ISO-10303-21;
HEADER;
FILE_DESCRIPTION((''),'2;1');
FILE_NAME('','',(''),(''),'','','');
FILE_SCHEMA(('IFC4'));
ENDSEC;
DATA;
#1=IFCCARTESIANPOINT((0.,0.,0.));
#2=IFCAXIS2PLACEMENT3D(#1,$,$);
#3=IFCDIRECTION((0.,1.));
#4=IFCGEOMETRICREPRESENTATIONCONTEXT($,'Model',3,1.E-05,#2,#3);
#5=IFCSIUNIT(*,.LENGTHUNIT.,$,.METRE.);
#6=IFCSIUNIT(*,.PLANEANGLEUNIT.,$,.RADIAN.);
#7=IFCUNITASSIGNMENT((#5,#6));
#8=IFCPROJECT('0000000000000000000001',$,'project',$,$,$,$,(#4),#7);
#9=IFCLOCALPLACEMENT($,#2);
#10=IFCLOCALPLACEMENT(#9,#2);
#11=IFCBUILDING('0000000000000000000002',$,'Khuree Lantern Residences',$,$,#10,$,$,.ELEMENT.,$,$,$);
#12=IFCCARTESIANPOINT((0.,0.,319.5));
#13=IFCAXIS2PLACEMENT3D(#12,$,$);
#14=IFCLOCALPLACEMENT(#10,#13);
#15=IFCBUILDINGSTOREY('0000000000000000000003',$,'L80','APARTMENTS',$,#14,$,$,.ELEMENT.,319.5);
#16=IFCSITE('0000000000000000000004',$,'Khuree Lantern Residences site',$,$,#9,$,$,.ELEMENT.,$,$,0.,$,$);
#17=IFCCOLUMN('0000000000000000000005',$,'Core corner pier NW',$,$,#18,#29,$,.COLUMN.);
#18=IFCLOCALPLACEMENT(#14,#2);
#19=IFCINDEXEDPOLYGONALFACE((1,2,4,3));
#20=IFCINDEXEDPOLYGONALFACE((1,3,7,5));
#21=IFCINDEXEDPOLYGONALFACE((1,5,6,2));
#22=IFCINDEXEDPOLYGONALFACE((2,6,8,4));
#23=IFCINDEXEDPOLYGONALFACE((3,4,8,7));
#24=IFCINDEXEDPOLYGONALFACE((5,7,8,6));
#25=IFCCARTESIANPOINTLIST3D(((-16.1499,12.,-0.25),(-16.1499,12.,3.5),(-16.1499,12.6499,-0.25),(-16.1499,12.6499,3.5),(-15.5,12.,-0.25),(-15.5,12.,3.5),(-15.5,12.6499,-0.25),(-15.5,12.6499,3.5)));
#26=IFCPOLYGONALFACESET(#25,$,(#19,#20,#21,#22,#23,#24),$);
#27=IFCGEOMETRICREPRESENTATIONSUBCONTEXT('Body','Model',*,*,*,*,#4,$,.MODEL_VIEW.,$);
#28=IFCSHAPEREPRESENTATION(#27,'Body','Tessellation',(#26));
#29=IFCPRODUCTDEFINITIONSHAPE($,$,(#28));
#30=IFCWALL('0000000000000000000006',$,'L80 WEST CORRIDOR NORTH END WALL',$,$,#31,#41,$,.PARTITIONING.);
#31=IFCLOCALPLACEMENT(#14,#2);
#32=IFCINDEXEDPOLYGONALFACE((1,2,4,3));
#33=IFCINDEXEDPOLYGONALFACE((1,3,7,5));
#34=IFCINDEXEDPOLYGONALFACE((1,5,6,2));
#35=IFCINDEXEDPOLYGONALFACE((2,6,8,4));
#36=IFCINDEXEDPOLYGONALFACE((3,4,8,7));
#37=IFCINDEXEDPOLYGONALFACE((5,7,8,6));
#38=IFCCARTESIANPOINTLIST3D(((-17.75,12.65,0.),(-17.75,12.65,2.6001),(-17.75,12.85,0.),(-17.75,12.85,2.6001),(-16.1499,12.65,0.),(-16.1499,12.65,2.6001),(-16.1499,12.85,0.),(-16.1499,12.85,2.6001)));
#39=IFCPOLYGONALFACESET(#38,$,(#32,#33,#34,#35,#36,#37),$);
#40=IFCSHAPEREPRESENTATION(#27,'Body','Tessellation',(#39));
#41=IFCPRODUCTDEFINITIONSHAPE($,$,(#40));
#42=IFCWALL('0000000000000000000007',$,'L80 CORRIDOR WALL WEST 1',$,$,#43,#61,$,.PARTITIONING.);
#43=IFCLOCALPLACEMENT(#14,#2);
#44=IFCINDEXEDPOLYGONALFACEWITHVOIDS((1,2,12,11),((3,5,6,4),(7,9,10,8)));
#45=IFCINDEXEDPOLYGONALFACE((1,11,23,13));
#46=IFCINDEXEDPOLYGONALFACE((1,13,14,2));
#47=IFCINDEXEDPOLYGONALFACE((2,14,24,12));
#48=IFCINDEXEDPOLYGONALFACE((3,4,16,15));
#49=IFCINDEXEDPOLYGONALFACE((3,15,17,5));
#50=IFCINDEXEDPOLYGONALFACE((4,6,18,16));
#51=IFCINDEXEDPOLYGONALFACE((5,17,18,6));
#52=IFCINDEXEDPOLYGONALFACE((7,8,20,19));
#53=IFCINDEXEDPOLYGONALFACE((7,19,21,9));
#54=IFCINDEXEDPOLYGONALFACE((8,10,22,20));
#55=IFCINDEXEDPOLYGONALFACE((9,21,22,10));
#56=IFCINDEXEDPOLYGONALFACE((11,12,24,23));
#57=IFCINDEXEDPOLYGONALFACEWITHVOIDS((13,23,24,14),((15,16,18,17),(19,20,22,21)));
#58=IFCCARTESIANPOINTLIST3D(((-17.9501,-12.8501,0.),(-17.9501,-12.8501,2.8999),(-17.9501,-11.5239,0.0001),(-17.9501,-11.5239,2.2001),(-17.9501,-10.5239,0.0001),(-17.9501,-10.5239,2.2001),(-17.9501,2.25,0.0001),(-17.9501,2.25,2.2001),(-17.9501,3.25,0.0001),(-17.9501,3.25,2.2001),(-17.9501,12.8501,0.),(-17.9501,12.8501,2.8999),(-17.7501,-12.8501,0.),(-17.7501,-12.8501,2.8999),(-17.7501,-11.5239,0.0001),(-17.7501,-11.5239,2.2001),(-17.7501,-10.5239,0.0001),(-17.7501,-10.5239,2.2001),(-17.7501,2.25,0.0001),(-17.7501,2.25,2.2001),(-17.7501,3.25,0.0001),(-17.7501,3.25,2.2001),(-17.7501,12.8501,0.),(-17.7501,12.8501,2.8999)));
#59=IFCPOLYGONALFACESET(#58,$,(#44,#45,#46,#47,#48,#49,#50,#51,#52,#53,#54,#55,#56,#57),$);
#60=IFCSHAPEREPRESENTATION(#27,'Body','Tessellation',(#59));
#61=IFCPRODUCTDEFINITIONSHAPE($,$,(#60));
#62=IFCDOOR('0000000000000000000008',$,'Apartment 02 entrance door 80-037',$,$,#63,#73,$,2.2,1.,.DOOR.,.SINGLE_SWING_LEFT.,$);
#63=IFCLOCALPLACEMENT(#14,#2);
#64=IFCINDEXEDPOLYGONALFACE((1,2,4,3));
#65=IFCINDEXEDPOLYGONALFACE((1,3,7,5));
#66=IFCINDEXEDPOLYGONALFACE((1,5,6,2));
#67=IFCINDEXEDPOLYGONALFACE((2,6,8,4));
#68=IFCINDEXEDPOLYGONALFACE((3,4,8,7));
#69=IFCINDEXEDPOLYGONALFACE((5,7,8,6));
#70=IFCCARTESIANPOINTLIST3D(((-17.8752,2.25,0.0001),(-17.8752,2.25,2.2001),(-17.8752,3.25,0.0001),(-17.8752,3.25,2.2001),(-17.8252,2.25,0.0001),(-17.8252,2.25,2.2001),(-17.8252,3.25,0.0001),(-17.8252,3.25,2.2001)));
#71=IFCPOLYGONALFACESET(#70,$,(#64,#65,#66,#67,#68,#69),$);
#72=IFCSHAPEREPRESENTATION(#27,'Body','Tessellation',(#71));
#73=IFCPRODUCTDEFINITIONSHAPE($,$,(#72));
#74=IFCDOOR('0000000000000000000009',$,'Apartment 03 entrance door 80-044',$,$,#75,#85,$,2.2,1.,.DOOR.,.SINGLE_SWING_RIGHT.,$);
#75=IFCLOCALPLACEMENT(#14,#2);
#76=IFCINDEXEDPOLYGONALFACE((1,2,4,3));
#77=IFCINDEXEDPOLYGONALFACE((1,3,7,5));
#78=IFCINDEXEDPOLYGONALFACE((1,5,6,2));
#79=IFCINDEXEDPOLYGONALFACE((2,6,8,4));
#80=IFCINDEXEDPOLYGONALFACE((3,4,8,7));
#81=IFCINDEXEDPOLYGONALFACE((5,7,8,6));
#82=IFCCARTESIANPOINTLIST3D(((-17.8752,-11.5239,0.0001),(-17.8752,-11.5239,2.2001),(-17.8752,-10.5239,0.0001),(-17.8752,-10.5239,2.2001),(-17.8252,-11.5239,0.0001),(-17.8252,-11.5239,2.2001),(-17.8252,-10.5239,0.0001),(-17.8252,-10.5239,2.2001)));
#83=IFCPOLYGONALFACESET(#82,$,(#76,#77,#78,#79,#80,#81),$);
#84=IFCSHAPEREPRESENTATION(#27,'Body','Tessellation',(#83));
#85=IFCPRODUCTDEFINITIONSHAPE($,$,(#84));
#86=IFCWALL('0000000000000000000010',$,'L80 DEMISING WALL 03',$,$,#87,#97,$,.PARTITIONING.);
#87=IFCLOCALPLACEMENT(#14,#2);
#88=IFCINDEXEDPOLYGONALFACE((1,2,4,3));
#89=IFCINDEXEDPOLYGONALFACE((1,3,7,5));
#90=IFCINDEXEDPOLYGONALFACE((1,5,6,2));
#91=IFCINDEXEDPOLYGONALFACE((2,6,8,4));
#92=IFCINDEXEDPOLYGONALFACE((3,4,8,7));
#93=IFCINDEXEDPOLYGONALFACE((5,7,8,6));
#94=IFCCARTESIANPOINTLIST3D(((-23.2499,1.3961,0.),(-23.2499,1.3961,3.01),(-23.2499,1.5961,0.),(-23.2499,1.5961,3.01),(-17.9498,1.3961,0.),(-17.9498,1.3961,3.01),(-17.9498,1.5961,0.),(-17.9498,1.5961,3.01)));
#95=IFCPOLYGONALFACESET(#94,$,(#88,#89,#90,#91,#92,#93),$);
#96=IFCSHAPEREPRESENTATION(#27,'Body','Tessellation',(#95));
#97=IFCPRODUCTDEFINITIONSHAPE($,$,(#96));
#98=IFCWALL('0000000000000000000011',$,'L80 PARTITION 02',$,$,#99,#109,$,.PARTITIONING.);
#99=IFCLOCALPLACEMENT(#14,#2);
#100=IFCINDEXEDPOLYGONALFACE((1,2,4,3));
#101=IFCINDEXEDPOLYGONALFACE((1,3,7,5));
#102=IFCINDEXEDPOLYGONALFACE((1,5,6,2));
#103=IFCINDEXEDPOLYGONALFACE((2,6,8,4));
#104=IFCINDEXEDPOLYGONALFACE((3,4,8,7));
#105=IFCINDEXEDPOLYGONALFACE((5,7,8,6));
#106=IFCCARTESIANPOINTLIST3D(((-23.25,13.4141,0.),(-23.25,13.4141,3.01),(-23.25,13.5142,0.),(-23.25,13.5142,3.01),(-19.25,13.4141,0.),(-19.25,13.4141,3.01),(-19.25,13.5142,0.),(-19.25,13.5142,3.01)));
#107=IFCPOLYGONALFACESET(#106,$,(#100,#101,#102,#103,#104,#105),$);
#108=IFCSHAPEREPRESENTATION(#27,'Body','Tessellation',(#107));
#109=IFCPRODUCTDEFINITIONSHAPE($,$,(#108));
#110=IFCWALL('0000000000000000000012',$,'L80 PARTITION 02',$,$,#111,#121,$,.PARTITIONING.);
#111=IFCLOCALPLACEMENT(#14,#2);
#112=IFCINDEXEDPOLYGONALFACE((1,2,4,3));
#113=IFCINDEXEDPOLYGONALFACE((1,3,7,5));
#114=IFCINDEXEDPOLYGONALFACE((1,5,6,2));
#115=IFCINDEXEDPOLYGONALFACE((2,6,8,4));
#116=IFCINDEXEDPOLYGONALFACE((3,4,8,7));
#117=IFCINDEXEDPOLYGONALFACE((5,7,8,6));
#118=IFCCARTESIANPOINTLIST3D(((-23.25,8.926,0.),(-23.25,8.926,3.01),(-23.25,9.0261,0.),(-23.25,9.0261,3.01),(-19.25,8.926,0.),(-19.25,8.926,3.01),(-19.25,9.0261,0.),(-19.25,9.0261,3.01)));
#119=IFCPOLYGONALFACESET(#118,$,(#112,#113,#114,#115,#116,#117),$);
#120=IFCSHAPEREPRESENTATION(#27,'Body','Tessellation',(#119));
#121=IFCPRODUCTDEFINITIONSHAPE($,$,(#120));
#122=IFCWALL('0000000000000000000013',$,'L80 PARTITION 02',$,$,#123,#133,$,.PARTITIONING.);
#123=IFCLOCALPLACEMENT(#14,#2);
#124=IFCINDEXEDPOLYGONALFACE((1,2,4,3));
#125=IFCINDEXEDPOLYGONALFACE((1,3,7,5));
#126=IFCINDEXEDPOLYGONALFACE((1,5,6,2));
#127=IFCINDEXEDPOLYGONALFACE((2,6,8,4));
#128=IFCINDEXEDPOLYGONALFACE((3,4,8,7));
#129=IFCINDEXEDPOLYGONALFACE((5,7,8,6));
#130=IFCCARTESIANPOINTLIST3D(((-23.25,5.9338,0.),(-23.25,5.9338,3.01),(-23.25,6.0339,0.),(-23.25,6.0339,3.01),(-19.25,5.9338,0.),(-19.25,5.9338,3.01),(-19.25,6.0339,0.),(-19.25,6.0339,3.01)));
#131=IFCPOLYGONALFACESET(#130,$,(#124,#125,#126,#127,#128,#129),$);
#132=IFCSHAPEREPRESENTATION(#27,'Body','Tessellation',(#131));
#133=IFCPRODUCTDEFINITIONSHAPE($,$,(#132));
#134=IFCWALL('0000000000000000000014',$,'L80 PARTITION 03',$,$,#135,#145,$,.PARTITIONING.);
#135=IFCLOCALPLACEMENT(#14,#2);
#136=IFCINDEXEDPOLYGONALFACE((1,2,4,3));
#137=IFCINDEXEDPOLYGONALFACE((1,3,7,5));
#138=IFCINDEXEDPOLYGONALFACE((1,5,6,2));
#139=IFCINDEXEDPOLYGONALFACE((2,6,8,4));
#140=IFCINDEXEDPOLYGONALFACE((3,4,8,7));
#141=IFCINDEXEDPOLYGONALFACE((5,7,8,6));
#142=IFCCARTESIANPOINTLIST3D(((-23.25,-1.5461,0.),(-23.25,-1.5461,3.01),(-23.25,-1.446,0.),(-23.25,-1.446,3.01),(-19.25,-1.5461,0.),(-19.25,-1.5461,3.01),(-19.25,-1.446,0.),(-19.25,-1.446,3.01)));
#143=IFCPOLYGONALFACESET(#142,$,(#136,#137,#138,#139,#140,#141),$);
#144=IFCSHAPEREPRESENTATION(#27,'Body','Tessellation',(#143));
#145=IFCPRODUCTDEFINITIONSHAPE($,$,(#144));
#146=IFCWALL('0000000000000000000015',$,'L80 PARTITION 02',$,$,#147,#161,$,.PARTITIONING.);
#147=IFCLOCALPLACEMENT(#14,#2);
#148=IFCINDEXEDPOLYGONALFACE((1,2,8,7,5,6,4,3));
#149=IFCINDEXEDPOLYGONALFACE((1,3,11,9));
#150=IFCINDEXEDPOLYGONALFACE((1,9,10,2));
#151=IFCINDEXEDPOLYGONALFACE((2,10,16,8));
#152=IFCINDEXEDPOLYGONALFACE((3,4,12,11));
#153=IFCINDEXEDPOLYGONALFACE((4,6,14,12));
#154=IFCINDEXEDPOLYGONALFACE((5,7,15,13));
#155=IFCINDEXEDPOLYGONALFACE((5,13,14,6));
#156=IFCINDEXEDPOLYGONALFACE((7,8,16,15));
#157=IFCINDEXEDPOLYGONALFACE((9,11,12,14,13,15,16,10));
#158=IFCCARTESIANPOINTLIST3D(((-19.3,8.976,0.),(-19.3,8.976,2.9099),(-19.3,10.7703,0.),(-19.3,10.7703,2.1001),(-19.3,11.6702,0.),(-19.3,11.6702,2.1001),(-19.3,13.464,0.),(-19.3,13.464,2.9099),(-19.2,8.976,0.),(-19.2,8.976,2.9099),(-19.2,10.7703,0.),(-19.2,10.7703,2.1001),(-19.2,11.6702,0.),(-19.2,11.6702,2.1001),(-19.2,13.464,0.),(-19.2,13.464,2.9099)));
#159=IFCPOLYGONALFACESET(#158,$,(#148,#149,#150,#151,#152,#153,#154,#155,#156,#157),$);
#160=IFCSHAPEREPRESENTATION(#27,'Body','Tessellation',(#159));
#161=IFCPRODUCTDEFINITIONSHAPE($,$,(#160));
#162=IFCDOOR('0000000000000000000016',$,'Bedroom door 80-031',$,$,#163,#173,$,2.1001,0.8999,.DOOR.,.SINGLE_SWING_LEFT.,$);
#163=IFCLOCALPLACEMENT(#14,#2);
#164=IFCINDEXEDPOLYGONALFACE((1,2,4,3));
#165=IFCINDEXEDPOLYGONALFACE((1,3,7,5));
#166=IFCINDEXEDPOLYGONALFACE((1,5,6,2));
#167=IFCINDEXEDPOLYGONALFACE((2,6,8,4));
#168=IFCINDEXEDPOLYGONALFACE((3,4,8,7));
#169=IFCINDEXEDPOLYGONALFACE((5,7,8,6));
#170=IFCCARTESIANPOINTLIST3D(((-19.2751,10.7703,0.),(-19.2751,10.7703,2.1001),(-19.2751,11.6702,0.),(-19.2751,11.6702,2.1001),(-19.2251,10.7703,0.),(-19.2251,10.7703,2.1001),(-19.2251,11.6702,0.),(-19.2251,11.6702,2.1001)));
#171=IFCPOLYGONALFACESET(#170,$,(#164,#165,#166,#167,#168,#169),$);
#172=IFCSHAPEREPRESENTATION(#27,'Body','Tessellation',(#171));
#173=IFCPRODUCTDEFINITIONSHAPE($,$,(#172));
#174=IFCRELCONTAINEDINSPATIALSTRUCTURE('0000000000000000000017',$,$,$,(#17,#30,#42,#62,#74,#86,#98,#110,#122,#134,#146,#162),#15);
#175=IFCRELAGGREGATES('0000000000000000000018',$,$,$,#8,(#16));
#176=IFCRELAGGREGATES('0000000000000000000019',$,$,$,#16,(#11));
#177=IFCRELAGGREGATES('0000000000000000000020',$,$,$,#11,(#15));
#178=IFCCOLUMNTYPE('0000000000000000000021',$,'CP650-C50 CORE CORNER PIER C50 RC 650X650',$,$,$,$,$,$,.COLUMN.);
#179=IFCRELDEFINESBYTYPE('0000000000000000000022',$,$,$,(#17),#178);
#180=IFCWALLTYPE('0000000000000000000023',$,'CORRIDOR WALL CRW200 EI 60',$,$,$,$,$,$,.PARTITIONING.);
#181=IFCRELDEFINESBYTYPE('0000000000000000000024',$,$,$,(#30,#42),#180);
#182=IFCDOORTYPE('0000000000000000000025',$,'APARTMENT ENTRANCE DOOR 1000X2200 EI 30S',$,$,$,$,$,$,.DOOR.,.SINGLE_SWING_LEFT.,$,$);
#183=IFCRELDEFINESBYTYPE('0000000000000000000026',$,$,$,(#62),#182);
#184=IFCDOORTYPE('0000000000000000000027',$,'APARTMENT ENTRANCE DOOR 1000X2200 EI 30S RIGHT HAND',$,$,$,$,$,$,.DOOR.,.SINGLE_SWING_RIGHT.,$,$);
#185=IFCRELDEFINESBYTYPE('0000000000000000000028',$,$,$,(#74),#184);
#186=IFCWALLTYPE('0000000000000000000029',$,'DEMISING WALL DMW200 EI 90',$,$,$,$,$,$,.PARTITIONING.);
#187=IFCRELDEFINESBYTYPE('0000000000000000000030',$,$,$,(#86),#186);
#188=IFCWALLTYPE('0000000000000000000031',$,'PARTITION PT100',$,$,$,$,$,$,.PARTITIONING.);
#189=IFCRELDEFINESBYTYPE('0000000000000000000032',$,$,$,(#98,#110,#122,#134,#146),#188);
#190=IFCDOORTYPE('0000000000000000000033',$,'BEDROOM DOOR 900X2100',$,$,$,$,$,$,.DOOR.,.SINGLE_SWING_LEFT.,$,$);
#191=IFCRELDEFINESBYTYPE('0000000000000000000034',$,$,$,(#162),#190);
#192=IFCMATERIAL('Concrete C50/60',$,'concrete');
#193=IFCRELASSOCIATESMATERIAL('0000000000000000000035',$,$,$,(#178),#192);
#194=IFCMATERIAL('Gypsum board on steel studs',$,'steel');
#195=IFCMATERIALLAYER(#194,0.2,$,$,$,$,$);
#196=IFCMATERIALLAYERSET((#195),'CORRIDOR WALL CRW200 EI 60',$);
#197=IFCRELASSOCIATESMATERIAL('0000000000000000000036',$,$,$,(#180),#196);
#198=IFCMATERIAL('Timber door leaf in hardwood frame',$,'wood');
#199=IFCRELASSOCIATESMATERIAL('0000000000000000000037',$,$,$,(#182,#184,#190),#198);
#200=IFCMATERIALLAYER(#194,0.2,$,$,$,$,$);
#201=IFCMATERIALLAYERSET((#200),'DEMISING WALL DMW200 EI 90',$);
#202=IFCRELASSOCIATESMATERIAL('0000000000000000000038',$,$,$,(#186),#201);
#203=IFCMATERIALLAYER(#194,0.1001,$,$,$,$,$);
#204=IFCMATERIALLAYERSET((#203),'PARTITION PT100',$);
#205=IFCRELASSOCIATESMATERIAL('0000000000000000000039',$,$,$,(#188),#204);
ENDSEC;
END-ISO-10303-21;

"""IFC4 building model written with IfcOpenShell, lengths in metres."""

from ifc_helpers import new_model, si_unit, direction, frame, frame_2d, origin, origin_2d, place, context, subcontext, project, spatial, rectangle, extrude, material, layer, layer_set, material_profile, profile_set, type_object, element, fill, save


model = new_model("IFC4")

# Units and contexts
model_context = context("Model", 3, precision=1e-05, world=origin(), true_north=direction((0.0, 1.0)))
body_context = subcontext(model_context, "Body", "Model", "MODEL_VIEW")
ifc_project = project(units=[si_unit("LENGTHUNIT", "METRE"), si_unit("PLANEANGLEUNIT", "RADIAN")], contexts=[model_context])

# Site, building, storey
site_placement = place(None, origin())
site = spatial("IfcSite", under=ifc_project, at=site_placement, Name="Khuree Lantern Residences site", CompositionType="ELEMENT", RefElevation=0.0)
building_placement = place(site_placement, origin())
building = spatial("IfcBuilding", under=site, at=building_placement, Name="Khuree Lantern Residences", CompositionType="ELEMENT")
storey_placement = place(building_placement, frame((0.0, 0.0, 319.5)))
storey = spatial("IfcBuildingStorey", under=building, at=storey_placement, Name="L80", Description="APARTMENTS", CompositionType="ELEMENT", Elevation=319.5)

# Column
ifc_material_1 = material(Name="Concrete C50/60", Category="concrete")
ifc_material_profile = material_profile(ifc_material_1, rectangle(XDim=0.6499, YDim=0.6499, at=origin_2d()), Name="RC 650X650")
ifc_profile_set = profile_set([ifc_material_profile], Name="Concrete C50/60")
column_type = type_object("IfcColumnType", Name="CP650-C50 CORE CORNER PIER C50 RC 650X650", PredefinedType="COLUMN", material=ifc_profile_set)
column_placement = place(storey_placement, frame((-15.825, 12.325, -0.25), z_axis=(0.0, 0.0, 1.0), x_axis=(1.0, 0.0, 0.0)))
element("IfcColumn", 1, at=column_placement, inside=storey, type_object=column_type, Name="Core corner pier NW", PredefinedType="COLUMN", context=body_context, shape_type="SweptSolid", body=[
    extrude(rectangle(XDim=0.6499, YDim=0.6499, at=origin_2d()), origin(), (0.0, 0.0, 1.0), 3.75),
])

# Wall
ifc_material_2 = material(Name="Gypsum board on steel studs", Category="steel")
ifc_layer_1 = layer(ifc_material_2, 0.2)
ifc_layer_set_1 = layer_set([ifc_layer_1], Name="CORRIDOR WALL CRW200 EI 60")
wall_type_1 = type_object("IfcWallType", Name="CORRIDOR WALL CRW200 EI 60", PredefinedType="PARTITIONING", material=ifc_layer_set_1)
wall_1_placement = place(storey_placement, frame((-16.1499, 12.75, 0.0), z_axis=(0.0, 0.0, 1.0), x_axis=(-1.0, 0.0, 0.0)))
element("IfcWall", 2, at=wall_1_placement, inside=storey, type_object=wall_type_1, Name="L80 WEST CORRIDOR NORTH END WALL", PredefinedType="PARTITIONING", context=body_context, shape_type="SweptSolid", body=[
    extrude(rectangle(XDim=1.6001, YDim=0.2, at=frame_2d((0.8, 0.0))), origin(), (0.0, 0.0, 1.0), 2.6001),
])

# Wall, openings, doors
wall_2_placement = place(storey_placement, frame((-17.8501, 12.8501, 0.0), z_axis=(0.0, 0.0, 1.0), x_axis=(0.0, -1.0, 0.0)))
wall_2 = element("IfcWall", 3, at=wall_2_placement, inside=storey, type_object=wall_type_1, Name="L80 CORRIDOR WALL WEST 1", PredefinedType="PARTITIONING", context=body_context, shape_type="SweptSolid", body=[
    extrude(rectangle(XDim=25.7002, YDim=0.2, at=frame_2d((12.8501, 0.0))), origin(), (0.0, 0.0, 1.0), 2.8999),
])
opening_1_placement = place(wall_2_placement, frame((9.6001, 0.0, 0.0)))
opening_1 = element("IfcOpeningElement", 4, at=opening_1_placement, cuts=wall_2, PredefinedType="OPENING", context=body_context, shape_type="SweptSolid", body=[
    extrude(rectangle(XDim=1.0, YDim=2.2, at=frame_2d((0.5, 1.1001))), frame((0.0, 0.1099, 0.0), z_axis=(0.0, -1.0, 0.0), x_axis=(1.0, 0.0, 0.0)), (0.0, 0.0, 1.0), 0.22),
])
opening_2_placement = place(wall_2_placement, frame((23.374, 0.0, 0.0)))
opening_2 = element("IfcOpeningElement", 5, at=opening_2_placement, cuts=wall_2, PredefinedType="OPENING", context=body_context, shape_type="SweptSolid", body=[
    extrude(rectangle(XDim=1.0, YDim=2.2, at=frame_2d((0.5, 1.1001))), frame((0.0, 0.1099, 0.0), z_axis=(0.0, -1.0, 0.0), x_axis=(1.0, 0.0, 0.0)), (0.0, 0.0, 1.0), 0.22),
])
ifc_material_3 = material(Name="Timber door leaf in hardwood frame", Category="wood")
door_type_1 = type_object("IfcDoorType", Name="APARTMENT ENTRANCE DOOR 1000X2200 EI 30S", OperationType="SINGLE_SWING_LEFT", PredefinedType="DOOR", material=ifc_material_3)
door_1_placement = place(opening_1_placement, origin())
door_1 = element("IfcDoor", 6, at=door_1_placement, inside=storey, type_object=door_type_1, Name="Apartment 02 entrance door 80-037", OperationType="SINGLE_SWING_LEFT", OverallHeight=2.2, OverallWidth=1.0, PredefinedType="DOOR", context=body_context, shape_type="SweptSolid", body=[
    extrude(rectangle(XDim=1.0, YDim=2.2, at=frame_2d((0.5, 1.1001))), frame((0.0, 0.0249, 0.0), z_axis=(0.0, -1.0, 0.0), x_axis=(1.0, 0.0, 0.0)), (0.0, 0.0, 1.0), 0.05),
])
fill(opening_1, door_1)
door_type_2 = type_object("IfcDoorType", Name="APARTMENT ENTRANCE DOOR 1000X2200 EI 30S RIGHT HAND", OperationType="SINGLE_SWING_RIGHT", PredefinedType="DOOR", material=ifc_material_3)
door_2_placement = place(opening_2_placement, origin())
door_2 = element("IfcDoor", 7, at=door_2_placement, inside=storey, type_object=door_type_2, Name="Apartment 03 entrance door 80-044", OperationType="SINGLE_SWING_RIGHT", OverallHeight=2.2, OverallWidth=1.0, PredefinedType="DOOR", context=body_context, shape_type="SweptSolid", body=[
    extrude(rectangle(XDim=1.0, YDim=2.2, at=frame_2d((0.5, 1.1001))), frame((0.0, 0.0249, 0.0), z_axis=(0.0, -1.0, 0.0), x_axis=(1.0, 0.0, 0.0)), (0.0, 0.0, 1.0), 0.05),
])
fill(opening_2, door_2)

# Walls
ifc_layer_2 = layer(ifc_material_2, 0.2)
ifc_layer_set_2 = layer_set([ifc_layer_2], Name="DEMISING WALL DMW200 EI 90")
wall_type_2 = type_object("IfcWallType", Name="DEMISING WALL DMW200 EI 90", PredefinedType="PARTITIONING", material=ifc_layer_set_2)
wall_3_placement = place(storey_placement, frame((-17.95, 1.4961, 0.0), z_axis=(0.0, 0.0, 1.0), x_axis=(-1.0, 0.0, 0.0)))
element("IfcWall", 8, at=wall_3_placement, inside=storey, type_object=wall_type_2, Name="L80 DEMISING WALL 03", PredefinedType="PARTITIONING", context=body_context, shape_type="SweptSolid", body=[
    extrude(rectangle(XDim=5.3, YDim=0.2, at=frame_2d((2.6499, 0.0))), origin(), (0.0, 0.0, 1.0), 3.01),
])
ifc_layer_3 = layer(ifc_material_2, 0.1001)
ifc_layer_set_3 = layer_set([ifc_layer_3], Name="PARTITION PT100")
wall_type_3 = type_object("IfcWallType", Name="PARTITION PT100", PredefinedType="PARTITIONING", material=ifc_layer_set_3)
for number, where, z_axis, x_axis, name in (
    (9, (-19.25, 13.4641, 0.0), (0.0, 0.0, 1.0), (-1.0, 0.0, 0.0), "L80 PARTITION 02"),
    (10, (-19.25, 8.9761, 0.0), (0.0, 0.0, 1.0), (-1.0, 0.0, 0.0), "L80 PARTITION 02"),
    (11, (-19.25, 5.9839, 0.0), (0.0, 0.0, 1.0), (-1.0, 0.0, 0.0), "L80 PARTITION 02"),
    (12, (-19.25, -1.4961, 0.0), (0.0, 0.0, 1.0), (-1.0, 0.0, 0.0), "L80 PARTITION 03"),
):
    element("IfcWall", number, at=place(storey_placement, frame(where, z_axis=z_axis, x_axis=x_axis)), inside=storey, type_object=wall_type_3, Name=name, PredefinedType="PARTITIONING", context=body_context, shape_type="SweptSolid", body=[
        extrude(rectangle(XDim=4.0, YDim=0.1001, at=frame_2d((2.0, 0.0))), origin(), (0.0, 0.0, 1.0), 3.01),
    ])

# Wall, opening, door
wall_4_placement = place(storey_placement, frame((-19.25, 13.4641, 0.0), z_axis=(0.0, 0.0, 1.0), x_axis=(0.0, -1.0, 0.0)))
wall_4 = element("IfcWall", 13, at=wall_4_placement, inside=storey, type_object=wall_type_3, Name="L80 PARTITION 02", PredefinedType="PARTITIONING", context=body_context, shape_type="SweptSolid", body=[
    extrude(rectangle(XDim=4.488, YDim=0.1001, at=frame_2d((2.2441, 0.0))), origin(), (0.0, 0.0, 1.0), 2.9099),
])
opening_3_placement = place(wall_4_placement, frame((1.7939, 0.0, 0.0)))
opening_3 = element("IfcOpeningElement", 14, at=opening_3_placement, cuts=wall_4, PredefinedType="OPENING", context=body_context, shape_type="SweptSolid", body=[
    extrude(rectangle(XDim=0.8999, YDim=2.1001, at=frame_2d((0.45, 1.05))), frame((0.0, 0.0601, 0.0), z_axis=(0.0, -1.0, 0.0), x_axis=(1.0, 0.0, 0.0)), (0.0, 0.0, 1.0), 0.1201),
])
door_type_3 = type_object("IfcDoorType", Name="BEDROOM DOOR 900X2100", OperationType="SINGLE_SWING_LEFT", PredefinedType="DOOR", material=ifc_material_3)
door_3_placement = place(opening_3_placement, origin())
door_3 = element("IfcDoor", 15, at=door_3_placement, inside=storey, type_object=door_type_3, Name="Bedroom door 80-031", OperationType="SINGLE_SWING_LEFT", OverallHeight=2.1001, OverallWidth=0.8999, PredefinedType="DOOR", context=body_context, shape_type="SweptSolid", body=[
    extrude(rectangle(XDim=0.8999, YDim=2.1001, at=frame_2d((0.45, 1.05))), frame((0.0, 0.0249, 0.0), z_axis=(0.0, -1.0, 0.0), x_axis=(1.0, 0.0, 0.0)), (0.0, 0.0, 1.0), 0.05),
])
fill(opening_3, door_3)

save(model, "model.ifc")
